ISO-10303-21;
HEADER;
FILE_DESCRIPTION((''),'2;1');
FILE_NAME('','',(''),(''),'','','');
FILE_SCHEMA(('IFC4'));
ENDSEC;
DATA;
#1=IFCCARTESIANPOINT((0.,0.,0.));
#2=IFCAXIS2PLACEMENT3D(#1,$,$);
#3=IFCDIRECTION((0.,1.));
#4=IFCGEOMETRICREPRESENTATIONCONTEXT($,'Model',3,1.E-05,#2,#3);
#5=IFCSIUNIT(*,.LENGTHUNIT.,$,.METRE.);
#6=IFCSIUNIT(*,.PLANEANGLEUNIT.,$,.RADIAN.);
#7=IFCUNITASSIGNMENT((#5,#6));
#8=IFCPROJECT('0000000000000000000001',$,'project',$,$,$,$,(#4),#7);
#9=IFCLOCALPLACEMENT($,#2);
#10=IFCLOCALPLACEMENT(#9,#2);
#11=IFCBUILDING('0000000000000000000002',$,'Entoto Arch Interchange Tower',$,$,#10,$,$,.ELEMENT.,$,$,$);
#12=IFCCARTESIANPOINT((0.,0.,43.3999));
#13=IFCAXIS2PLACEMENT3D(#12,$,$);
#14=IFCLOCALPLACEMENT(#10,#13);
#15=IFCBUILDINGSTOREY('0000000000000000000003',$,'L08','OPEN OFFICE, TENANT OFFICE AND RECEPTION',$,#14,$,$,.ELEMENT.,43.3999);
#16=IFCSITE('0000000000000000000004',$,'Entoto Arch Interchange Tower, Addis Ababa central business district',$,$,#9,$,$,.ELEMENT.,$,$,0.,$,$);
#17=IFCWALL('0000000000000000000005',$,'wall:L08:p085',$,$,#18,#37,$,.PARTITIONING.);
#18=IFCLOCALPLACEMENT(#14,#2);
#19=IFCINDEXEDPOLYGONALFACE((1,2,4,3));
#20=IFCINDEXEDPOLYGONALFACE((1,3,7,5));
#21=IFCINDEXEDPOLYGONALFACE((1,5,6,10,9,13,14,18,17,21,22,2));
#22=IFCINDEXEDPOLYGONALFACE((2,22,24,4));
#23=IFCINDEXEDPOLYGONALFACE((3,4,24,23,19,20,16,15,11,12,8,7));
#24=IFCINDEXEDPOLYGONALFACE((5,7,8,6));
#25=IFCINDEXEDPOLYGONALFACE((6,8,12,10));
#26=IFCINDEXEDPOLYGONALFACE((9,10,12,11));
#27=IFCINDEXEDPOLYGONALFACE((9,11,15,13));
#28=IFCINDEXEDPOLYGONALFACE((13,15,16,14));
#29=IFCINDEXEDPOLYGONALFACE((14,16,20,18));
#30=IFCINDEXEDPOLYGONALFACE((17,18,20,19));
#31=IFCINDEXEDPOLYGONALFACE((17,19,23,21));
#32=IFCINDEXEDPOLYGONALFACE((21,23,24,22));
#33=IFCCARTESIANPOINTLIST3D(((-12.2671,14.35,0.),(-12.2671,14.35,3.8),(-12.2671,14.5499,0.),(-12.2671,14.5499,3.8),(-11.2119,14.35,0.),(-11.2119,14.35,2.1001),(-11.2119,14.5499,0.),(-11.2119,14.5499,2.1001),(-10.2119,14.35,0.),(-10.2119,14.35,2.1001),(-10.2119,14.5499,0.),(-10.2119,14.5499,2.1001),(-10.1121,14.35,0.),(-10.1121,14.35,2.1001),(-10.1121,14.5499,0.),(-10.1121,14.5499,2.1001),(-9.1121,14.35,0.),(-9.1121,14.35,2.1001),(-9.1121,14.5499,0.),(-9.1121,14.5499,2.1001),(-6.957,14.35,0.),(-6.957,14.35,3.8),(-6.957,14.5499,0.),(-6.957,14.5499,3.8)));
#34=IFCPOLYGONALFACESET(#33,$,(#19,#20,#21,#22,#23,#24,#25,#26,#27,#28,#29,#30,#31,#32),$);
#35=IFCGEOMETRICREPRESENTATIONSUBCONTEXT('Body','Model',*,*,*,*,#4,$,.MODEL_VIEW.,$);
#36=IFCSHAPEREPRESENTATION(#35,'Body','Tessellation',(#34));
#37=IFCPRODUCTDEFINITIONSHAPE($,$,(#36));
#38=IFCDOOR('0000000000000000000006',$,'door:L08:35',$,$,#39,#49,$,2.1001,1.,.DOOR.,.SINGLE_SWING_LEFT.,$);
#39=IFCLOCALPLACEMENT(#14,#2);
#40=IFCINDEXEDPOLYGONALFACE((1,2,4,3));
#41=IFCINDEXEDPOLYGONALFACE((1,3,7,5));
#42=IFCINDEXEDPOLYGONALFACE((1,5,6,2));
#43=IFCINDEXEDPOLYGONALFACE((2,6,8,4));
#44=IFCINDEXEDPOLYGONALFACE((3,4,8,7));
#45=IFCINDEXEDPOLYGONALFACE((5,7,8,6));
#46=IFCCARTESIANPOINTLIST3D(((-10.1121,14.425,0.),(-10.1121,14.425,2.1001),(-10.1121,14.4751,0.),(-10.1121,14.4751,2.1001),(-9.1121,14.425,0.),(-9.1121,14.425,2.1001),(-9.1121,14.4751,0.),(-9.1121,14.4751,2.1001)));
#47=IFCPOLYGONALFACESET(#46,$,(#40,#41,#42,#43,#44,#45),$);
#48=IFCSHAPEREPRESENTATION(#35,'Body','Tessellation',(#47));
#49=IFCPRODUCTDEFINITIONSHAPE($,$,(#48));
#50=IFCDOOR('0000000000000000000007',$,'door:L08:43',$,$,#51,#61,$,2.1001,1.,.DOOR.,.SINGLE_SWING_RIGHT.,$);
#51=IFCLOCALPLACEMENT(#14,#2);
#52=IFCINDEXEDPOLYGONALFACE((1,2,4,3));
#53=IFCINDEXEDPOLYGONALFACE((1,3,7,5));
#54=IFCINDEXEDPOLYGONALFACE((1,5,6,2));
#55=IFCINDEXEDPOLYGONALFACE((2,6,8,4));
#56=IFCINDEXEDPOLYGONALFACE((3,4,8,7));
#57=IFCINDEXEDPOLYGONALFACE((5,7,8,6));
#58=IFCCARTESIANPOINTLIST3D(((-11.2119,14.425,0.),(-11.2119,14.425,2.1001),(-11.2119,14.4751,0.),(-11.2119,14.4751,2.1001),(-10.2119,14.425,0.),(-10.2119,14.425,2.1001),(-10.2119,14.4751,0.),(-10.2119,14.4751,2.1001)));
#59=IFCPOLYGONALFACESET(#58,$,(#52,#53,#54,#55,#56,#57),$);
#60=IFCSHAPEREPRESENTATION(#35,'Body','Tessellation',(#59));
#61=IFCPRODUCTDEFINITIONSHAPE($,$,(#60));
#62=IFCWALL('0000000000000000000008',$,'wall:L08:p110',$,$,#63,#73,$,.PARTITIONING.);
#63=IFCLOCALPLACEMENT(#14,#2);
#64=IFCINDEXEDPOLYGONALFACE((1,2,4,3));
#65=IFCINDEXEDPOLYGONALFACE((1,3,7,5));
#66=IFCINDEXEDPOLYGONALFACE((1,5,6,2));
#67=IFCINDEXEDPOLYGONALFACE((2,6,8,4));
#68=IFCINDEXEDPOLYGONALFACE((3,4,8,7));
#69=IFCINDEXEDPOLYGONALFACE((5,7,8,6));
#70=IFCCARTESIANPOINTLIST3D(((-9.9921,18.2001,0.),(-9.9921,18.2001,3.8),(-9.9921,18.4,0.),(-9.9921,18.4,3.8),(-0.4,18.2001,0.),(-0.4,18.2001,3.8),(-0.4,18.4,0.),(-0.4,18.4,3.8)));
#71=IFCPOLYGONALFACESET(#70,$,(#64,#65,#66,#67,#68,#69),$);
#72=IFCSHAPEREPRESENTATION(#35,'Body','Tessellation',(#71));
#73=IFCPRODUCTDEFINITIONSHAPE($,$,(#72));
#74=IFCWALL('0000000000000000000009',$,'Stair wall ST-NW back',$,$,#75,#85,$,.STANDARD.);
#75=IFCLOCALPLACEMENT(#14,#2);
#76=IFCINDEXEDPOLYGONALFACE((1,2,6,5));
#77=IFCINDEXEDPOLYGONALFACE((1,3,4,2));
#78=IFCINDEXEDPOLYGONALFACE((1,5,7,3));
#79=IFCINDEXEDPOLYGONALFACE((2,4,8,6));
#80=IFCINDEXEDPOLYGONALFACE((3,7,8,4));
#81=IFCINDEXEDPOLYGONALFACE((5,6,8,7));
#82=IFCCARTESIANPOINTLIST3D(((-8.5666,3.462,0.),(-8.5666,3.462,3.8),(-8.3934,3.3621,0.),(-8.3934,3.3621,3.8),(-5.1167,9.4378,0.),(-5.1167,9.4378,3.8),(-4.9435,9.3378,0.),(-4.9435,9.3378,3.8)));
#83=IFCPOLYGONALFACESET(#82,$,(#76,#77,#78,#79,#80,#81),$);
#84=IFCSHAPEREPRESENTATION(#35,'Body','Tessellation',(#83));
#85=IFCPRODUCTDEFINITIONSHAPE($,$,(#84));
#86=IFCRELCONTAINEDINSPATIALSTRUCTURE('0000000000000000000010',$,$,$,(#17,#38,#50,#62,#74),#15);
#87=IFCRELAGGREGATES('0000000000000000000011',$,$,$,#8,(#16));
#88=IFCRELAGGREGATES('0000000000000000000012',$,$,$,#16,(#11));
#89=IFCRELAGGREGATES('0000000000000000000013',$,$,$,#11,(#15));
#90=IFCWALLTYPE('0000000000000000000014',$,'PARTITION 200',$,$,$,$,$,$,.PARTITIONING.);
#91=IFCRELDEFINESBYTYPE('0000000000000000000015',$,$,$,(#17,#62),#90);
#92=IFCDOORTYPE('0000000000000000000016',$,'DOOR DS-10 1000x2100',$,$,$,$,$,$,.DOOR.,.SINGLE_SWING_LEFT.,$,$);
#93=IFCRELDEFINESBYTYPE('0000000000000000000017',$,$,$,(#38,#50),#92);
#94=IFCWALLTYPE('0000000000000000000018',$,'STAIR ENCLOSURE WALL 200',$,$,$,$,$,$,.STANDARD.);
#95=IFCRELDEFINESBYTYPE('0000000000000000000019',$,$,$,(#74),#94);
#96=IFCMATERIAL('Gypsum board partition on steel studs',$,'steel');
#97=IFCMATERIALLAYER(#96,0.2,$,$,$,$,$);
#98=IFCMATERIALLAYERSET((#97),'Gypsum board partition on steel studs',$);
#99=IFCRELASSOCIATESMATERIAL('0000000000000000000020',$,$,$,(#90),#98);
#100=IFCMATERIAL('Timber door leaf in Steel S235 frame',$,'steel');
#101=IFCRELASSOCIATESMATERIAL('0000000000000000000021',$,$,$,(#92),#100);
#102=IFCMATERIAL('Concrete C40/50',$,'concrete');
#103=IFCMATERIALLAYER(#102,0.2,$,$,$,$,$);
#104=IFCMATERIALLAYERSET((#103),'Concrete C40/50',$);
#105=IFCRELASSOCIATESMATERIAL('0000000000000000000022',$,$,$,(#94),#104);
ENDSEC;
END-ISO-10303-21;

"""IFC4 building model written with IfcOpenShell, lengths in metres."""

from ifc_helpers import new_model, si_unit, direction, frame, frame_2d, origin, place, context, subcontext, project, spatial, rectangle, extrude, material, layer, layer_set, type_object, element, fill, save


model = new_model("IFC4")

# Units and contexts
model_context = context("Model", 3, precision=1e-05, world=origin(), true_north=direction((0.0, 1.0)))
body_context = subcontext(model_context, "Body", "Model", "MODEL_VIEW")
ifc_project = project(units=[si_unit("LENGTHUNIT", "METRE"), si_unit("PLANEANGLEUNIT", "RADIAN")], contexts=[model_context])

# Site, building, storey
site_placement = place(None, origin())
site = spatial("IfcSite", under=ifc_project, at=site_placement, Name="Entoto Arch Interchange Tower, Addis Ababa central business district", CompositionType="ELEMENT", RefElevation=0.0)
building_placement = place(site_placement, origin())
building = spatial("IfcBuilding", under=site, at=building_placement, Name="Entoto Arch Interchange Tower", CompositionType="ELEMENT")
storey_placement = place(building_placement, frame((0.0, 0.0, 43.3999)))
storey = spatial("IfcBuildingStorey", under=building, at=storey_placement, Name="L08", Description="OPEN OFFICE, TENANT OFFICE AND RECEPTION", CompositionType="ELEMENT", Elevation=43.3999)

# Shared definitions
ifc_material_1 = material(Name="Concrete C40/50", Category="concrete")

# Shared definitions
ifc_material_2 = material(Name="Gypsum board partition on steel studs", Category="steel")
ifc_layer_1 = layer(ifc_material_2, 0.2)
ifc_layer_set_1 = layer_set([ifc_layer_1], Name="Gypsum board partition on steel studs")
wall_type_1 = type_object("IfcWallType", Name="PARTITION 200", PredefinedType="PARTITIONING", material=ifc_layer_set_1)

# Wall, openings, doors
wall_1_placement = place(storey_placement, frame((-6.957, 14.45, 0.0), z_axis=(0.0, 0.0, 1.0), x_axis=(-1.0, 0.0, 0.0)))
wall_1 = element("IfcWall", 1, at=wall_1_placement, inside=storey, type_object=wall_type_1, Name="wall:L08:p085", PredefinedType="PARTITIONING", context=body_context, shape_type="SweptSolid", body=[
    extrude(rectangle(XDim=5.3101, YDim=0.2, at=frame_2d((2.655, 0.0))), origin(), (0.0, 0.0, 1.0), 3.8),
])
opening_1_placement = place(wall_1_placement, frame((2.155, 0.0, 0.0)))
opening_1 = element("IfcOpeningElement", 2, at=opening_1_placement, cuts=wall_1, PredefinedType="OPENING", context=body_context, shape_type="SweptSolid", body=[
    extrude(rectangle(XDim=1.0, YDim=2.1001, at=frame_2d((0.5, 1.05))), frame((0.0, 0.1099, 0.0), z_axis=(0.0, -1.0, 0.0), x_axis=(1.0, 0.0, 0.0)), (0.0, 0.0, 1.0), 0.22),
])
opening_2_placement = place(wall_1_placement, frame((3.2549, 0.0, 0.0)))
opening_2 = element("IfcOpeningElement", 3, at=opening_2_placement, cuts=wall_1, PredefinedType="OPENING", context=body_context, shape_type="SweptSolid", body=[
    extrude(rectangle(XDim=1.0, YDim=2.1001, at=frame_2d((0.5, 1.05))), frame((0.0, 0.1099, 0.0), z_axis=(0.0, -1.0, 0.0), x_axis=(1.0, 0.0, 0.0)), (0.0, 0.0, 1.0), 0.22),
])
ifc_material_3 = material(Name="Timber door leaf in Steel S235 frame", Category="steel")
door_type_1 = type_object("IfcDoorType", Name="DOOR DS-10 1000x2100", OperationType="SINGLE_SWING_LEFT", PredefinedType="DOOR", material=ifc_material_3)
door_1_placement = place(opening_1_placement, origin())
door_1 = element("IfcDoor", 4, at=door_1_placement, inside=storey, type_object=door_type_1, Name="door:L08:35", OperationType="SINGLE_SWING_LEFT", OverallHeight=2.1001, OverallWidth=1.0, PredefinedType="DOOR", context=body_context, shape_type="SweptSolid", body=[
    extrude(rectangle(XDim=1.0, YDim=2.1001, at=frame_2d((0.5, 1.05))), frame((0.0, 0.0249, 0.0), z_axis=(0.0, -1.0, 0.0), x_axis=(1.0, 0.0, 0.0)), (0.0, 0.0, 1.0), 0.05),
])
fill(opening_1, door_1)
door_2_placement = place(opening_2_placement, origin())
door_2 = element("IfcDoor", 5, at=door_2_placement, inside=storey, type_object=door_type_1, Name="door:L08:43", OperationType="SINGLE_SWING_RIGHT", OverallHeight=2.1001, OverallWidth=1.0, PredefinedType="DOOR", context=body_context, shape_type="SweptSolid", body=[
    extrude(rectangle(XDim=1.0, YDim=2.1001, at=frame_2d((0.5, 1.05))), frame((0.0, 0.0249, 0.0), z_axis=(0.0, -1.0, 0.0), x_axis=(1.0, 0.0, 0.0)), (0.0, 0.0, 1.0), 0.05),
])
fill(opening_2, door_2)

# Walls
wall_2_placement = place(storey_placement, frame((-9.9919, 18.3, 0.0), z_axis=(0.0, 0.0, 1.0), x_axis=(1.0, 0.0, 0.0)))
element("IfcWall", 6, at=wall_2_placement, inside=storey, type_object=wall_type_1, Name="wall:L08:p110", PredefinedType="PARTITIONING", context=body_context, shape_type="SweptSolid", body=[
    extrude(rectangle(XDim=9.592, YDim=0.2, at=frame_2d((4.7959, 0.0))), origin(), (0.0, 0.0, 1.0), 3.8),
])
ifc_layer_2 = layer(ifc_material_1, 0.2)
ifc_layer_set_2 = layer_set([ifc_layer_2], Name="Concrete C40/50")
wall_type_2 = type_object("IfcWallType", Name="STAIR ENCLOSURE WALL 200", PredefinedType="STANDARD", material=ifc_layer_set_2)
wall_3_placement = place(storey_placement, frame((-5.03, 9.3879, 0.0), z_axis=(0.0, 0.0, 1.0), x_axis=(-0.499979, -0.866038, 0.0)))
element("IfcWall", 7, at=wall_3_placement, inside=storey, type_object=wall_type_2, Name="Stair wall ST-NW back", PredefinedType="STANDARD", context=body_context, shape_type="SweptSolid", body=[
    extrude(rectangle(XDim=6.9001, YDim=0.2, at=frame_2d((3.4502, 0.0))), origin(), (0.0, 0.0, 1.0), 3.8),
])

save(model, "model.ifc")
